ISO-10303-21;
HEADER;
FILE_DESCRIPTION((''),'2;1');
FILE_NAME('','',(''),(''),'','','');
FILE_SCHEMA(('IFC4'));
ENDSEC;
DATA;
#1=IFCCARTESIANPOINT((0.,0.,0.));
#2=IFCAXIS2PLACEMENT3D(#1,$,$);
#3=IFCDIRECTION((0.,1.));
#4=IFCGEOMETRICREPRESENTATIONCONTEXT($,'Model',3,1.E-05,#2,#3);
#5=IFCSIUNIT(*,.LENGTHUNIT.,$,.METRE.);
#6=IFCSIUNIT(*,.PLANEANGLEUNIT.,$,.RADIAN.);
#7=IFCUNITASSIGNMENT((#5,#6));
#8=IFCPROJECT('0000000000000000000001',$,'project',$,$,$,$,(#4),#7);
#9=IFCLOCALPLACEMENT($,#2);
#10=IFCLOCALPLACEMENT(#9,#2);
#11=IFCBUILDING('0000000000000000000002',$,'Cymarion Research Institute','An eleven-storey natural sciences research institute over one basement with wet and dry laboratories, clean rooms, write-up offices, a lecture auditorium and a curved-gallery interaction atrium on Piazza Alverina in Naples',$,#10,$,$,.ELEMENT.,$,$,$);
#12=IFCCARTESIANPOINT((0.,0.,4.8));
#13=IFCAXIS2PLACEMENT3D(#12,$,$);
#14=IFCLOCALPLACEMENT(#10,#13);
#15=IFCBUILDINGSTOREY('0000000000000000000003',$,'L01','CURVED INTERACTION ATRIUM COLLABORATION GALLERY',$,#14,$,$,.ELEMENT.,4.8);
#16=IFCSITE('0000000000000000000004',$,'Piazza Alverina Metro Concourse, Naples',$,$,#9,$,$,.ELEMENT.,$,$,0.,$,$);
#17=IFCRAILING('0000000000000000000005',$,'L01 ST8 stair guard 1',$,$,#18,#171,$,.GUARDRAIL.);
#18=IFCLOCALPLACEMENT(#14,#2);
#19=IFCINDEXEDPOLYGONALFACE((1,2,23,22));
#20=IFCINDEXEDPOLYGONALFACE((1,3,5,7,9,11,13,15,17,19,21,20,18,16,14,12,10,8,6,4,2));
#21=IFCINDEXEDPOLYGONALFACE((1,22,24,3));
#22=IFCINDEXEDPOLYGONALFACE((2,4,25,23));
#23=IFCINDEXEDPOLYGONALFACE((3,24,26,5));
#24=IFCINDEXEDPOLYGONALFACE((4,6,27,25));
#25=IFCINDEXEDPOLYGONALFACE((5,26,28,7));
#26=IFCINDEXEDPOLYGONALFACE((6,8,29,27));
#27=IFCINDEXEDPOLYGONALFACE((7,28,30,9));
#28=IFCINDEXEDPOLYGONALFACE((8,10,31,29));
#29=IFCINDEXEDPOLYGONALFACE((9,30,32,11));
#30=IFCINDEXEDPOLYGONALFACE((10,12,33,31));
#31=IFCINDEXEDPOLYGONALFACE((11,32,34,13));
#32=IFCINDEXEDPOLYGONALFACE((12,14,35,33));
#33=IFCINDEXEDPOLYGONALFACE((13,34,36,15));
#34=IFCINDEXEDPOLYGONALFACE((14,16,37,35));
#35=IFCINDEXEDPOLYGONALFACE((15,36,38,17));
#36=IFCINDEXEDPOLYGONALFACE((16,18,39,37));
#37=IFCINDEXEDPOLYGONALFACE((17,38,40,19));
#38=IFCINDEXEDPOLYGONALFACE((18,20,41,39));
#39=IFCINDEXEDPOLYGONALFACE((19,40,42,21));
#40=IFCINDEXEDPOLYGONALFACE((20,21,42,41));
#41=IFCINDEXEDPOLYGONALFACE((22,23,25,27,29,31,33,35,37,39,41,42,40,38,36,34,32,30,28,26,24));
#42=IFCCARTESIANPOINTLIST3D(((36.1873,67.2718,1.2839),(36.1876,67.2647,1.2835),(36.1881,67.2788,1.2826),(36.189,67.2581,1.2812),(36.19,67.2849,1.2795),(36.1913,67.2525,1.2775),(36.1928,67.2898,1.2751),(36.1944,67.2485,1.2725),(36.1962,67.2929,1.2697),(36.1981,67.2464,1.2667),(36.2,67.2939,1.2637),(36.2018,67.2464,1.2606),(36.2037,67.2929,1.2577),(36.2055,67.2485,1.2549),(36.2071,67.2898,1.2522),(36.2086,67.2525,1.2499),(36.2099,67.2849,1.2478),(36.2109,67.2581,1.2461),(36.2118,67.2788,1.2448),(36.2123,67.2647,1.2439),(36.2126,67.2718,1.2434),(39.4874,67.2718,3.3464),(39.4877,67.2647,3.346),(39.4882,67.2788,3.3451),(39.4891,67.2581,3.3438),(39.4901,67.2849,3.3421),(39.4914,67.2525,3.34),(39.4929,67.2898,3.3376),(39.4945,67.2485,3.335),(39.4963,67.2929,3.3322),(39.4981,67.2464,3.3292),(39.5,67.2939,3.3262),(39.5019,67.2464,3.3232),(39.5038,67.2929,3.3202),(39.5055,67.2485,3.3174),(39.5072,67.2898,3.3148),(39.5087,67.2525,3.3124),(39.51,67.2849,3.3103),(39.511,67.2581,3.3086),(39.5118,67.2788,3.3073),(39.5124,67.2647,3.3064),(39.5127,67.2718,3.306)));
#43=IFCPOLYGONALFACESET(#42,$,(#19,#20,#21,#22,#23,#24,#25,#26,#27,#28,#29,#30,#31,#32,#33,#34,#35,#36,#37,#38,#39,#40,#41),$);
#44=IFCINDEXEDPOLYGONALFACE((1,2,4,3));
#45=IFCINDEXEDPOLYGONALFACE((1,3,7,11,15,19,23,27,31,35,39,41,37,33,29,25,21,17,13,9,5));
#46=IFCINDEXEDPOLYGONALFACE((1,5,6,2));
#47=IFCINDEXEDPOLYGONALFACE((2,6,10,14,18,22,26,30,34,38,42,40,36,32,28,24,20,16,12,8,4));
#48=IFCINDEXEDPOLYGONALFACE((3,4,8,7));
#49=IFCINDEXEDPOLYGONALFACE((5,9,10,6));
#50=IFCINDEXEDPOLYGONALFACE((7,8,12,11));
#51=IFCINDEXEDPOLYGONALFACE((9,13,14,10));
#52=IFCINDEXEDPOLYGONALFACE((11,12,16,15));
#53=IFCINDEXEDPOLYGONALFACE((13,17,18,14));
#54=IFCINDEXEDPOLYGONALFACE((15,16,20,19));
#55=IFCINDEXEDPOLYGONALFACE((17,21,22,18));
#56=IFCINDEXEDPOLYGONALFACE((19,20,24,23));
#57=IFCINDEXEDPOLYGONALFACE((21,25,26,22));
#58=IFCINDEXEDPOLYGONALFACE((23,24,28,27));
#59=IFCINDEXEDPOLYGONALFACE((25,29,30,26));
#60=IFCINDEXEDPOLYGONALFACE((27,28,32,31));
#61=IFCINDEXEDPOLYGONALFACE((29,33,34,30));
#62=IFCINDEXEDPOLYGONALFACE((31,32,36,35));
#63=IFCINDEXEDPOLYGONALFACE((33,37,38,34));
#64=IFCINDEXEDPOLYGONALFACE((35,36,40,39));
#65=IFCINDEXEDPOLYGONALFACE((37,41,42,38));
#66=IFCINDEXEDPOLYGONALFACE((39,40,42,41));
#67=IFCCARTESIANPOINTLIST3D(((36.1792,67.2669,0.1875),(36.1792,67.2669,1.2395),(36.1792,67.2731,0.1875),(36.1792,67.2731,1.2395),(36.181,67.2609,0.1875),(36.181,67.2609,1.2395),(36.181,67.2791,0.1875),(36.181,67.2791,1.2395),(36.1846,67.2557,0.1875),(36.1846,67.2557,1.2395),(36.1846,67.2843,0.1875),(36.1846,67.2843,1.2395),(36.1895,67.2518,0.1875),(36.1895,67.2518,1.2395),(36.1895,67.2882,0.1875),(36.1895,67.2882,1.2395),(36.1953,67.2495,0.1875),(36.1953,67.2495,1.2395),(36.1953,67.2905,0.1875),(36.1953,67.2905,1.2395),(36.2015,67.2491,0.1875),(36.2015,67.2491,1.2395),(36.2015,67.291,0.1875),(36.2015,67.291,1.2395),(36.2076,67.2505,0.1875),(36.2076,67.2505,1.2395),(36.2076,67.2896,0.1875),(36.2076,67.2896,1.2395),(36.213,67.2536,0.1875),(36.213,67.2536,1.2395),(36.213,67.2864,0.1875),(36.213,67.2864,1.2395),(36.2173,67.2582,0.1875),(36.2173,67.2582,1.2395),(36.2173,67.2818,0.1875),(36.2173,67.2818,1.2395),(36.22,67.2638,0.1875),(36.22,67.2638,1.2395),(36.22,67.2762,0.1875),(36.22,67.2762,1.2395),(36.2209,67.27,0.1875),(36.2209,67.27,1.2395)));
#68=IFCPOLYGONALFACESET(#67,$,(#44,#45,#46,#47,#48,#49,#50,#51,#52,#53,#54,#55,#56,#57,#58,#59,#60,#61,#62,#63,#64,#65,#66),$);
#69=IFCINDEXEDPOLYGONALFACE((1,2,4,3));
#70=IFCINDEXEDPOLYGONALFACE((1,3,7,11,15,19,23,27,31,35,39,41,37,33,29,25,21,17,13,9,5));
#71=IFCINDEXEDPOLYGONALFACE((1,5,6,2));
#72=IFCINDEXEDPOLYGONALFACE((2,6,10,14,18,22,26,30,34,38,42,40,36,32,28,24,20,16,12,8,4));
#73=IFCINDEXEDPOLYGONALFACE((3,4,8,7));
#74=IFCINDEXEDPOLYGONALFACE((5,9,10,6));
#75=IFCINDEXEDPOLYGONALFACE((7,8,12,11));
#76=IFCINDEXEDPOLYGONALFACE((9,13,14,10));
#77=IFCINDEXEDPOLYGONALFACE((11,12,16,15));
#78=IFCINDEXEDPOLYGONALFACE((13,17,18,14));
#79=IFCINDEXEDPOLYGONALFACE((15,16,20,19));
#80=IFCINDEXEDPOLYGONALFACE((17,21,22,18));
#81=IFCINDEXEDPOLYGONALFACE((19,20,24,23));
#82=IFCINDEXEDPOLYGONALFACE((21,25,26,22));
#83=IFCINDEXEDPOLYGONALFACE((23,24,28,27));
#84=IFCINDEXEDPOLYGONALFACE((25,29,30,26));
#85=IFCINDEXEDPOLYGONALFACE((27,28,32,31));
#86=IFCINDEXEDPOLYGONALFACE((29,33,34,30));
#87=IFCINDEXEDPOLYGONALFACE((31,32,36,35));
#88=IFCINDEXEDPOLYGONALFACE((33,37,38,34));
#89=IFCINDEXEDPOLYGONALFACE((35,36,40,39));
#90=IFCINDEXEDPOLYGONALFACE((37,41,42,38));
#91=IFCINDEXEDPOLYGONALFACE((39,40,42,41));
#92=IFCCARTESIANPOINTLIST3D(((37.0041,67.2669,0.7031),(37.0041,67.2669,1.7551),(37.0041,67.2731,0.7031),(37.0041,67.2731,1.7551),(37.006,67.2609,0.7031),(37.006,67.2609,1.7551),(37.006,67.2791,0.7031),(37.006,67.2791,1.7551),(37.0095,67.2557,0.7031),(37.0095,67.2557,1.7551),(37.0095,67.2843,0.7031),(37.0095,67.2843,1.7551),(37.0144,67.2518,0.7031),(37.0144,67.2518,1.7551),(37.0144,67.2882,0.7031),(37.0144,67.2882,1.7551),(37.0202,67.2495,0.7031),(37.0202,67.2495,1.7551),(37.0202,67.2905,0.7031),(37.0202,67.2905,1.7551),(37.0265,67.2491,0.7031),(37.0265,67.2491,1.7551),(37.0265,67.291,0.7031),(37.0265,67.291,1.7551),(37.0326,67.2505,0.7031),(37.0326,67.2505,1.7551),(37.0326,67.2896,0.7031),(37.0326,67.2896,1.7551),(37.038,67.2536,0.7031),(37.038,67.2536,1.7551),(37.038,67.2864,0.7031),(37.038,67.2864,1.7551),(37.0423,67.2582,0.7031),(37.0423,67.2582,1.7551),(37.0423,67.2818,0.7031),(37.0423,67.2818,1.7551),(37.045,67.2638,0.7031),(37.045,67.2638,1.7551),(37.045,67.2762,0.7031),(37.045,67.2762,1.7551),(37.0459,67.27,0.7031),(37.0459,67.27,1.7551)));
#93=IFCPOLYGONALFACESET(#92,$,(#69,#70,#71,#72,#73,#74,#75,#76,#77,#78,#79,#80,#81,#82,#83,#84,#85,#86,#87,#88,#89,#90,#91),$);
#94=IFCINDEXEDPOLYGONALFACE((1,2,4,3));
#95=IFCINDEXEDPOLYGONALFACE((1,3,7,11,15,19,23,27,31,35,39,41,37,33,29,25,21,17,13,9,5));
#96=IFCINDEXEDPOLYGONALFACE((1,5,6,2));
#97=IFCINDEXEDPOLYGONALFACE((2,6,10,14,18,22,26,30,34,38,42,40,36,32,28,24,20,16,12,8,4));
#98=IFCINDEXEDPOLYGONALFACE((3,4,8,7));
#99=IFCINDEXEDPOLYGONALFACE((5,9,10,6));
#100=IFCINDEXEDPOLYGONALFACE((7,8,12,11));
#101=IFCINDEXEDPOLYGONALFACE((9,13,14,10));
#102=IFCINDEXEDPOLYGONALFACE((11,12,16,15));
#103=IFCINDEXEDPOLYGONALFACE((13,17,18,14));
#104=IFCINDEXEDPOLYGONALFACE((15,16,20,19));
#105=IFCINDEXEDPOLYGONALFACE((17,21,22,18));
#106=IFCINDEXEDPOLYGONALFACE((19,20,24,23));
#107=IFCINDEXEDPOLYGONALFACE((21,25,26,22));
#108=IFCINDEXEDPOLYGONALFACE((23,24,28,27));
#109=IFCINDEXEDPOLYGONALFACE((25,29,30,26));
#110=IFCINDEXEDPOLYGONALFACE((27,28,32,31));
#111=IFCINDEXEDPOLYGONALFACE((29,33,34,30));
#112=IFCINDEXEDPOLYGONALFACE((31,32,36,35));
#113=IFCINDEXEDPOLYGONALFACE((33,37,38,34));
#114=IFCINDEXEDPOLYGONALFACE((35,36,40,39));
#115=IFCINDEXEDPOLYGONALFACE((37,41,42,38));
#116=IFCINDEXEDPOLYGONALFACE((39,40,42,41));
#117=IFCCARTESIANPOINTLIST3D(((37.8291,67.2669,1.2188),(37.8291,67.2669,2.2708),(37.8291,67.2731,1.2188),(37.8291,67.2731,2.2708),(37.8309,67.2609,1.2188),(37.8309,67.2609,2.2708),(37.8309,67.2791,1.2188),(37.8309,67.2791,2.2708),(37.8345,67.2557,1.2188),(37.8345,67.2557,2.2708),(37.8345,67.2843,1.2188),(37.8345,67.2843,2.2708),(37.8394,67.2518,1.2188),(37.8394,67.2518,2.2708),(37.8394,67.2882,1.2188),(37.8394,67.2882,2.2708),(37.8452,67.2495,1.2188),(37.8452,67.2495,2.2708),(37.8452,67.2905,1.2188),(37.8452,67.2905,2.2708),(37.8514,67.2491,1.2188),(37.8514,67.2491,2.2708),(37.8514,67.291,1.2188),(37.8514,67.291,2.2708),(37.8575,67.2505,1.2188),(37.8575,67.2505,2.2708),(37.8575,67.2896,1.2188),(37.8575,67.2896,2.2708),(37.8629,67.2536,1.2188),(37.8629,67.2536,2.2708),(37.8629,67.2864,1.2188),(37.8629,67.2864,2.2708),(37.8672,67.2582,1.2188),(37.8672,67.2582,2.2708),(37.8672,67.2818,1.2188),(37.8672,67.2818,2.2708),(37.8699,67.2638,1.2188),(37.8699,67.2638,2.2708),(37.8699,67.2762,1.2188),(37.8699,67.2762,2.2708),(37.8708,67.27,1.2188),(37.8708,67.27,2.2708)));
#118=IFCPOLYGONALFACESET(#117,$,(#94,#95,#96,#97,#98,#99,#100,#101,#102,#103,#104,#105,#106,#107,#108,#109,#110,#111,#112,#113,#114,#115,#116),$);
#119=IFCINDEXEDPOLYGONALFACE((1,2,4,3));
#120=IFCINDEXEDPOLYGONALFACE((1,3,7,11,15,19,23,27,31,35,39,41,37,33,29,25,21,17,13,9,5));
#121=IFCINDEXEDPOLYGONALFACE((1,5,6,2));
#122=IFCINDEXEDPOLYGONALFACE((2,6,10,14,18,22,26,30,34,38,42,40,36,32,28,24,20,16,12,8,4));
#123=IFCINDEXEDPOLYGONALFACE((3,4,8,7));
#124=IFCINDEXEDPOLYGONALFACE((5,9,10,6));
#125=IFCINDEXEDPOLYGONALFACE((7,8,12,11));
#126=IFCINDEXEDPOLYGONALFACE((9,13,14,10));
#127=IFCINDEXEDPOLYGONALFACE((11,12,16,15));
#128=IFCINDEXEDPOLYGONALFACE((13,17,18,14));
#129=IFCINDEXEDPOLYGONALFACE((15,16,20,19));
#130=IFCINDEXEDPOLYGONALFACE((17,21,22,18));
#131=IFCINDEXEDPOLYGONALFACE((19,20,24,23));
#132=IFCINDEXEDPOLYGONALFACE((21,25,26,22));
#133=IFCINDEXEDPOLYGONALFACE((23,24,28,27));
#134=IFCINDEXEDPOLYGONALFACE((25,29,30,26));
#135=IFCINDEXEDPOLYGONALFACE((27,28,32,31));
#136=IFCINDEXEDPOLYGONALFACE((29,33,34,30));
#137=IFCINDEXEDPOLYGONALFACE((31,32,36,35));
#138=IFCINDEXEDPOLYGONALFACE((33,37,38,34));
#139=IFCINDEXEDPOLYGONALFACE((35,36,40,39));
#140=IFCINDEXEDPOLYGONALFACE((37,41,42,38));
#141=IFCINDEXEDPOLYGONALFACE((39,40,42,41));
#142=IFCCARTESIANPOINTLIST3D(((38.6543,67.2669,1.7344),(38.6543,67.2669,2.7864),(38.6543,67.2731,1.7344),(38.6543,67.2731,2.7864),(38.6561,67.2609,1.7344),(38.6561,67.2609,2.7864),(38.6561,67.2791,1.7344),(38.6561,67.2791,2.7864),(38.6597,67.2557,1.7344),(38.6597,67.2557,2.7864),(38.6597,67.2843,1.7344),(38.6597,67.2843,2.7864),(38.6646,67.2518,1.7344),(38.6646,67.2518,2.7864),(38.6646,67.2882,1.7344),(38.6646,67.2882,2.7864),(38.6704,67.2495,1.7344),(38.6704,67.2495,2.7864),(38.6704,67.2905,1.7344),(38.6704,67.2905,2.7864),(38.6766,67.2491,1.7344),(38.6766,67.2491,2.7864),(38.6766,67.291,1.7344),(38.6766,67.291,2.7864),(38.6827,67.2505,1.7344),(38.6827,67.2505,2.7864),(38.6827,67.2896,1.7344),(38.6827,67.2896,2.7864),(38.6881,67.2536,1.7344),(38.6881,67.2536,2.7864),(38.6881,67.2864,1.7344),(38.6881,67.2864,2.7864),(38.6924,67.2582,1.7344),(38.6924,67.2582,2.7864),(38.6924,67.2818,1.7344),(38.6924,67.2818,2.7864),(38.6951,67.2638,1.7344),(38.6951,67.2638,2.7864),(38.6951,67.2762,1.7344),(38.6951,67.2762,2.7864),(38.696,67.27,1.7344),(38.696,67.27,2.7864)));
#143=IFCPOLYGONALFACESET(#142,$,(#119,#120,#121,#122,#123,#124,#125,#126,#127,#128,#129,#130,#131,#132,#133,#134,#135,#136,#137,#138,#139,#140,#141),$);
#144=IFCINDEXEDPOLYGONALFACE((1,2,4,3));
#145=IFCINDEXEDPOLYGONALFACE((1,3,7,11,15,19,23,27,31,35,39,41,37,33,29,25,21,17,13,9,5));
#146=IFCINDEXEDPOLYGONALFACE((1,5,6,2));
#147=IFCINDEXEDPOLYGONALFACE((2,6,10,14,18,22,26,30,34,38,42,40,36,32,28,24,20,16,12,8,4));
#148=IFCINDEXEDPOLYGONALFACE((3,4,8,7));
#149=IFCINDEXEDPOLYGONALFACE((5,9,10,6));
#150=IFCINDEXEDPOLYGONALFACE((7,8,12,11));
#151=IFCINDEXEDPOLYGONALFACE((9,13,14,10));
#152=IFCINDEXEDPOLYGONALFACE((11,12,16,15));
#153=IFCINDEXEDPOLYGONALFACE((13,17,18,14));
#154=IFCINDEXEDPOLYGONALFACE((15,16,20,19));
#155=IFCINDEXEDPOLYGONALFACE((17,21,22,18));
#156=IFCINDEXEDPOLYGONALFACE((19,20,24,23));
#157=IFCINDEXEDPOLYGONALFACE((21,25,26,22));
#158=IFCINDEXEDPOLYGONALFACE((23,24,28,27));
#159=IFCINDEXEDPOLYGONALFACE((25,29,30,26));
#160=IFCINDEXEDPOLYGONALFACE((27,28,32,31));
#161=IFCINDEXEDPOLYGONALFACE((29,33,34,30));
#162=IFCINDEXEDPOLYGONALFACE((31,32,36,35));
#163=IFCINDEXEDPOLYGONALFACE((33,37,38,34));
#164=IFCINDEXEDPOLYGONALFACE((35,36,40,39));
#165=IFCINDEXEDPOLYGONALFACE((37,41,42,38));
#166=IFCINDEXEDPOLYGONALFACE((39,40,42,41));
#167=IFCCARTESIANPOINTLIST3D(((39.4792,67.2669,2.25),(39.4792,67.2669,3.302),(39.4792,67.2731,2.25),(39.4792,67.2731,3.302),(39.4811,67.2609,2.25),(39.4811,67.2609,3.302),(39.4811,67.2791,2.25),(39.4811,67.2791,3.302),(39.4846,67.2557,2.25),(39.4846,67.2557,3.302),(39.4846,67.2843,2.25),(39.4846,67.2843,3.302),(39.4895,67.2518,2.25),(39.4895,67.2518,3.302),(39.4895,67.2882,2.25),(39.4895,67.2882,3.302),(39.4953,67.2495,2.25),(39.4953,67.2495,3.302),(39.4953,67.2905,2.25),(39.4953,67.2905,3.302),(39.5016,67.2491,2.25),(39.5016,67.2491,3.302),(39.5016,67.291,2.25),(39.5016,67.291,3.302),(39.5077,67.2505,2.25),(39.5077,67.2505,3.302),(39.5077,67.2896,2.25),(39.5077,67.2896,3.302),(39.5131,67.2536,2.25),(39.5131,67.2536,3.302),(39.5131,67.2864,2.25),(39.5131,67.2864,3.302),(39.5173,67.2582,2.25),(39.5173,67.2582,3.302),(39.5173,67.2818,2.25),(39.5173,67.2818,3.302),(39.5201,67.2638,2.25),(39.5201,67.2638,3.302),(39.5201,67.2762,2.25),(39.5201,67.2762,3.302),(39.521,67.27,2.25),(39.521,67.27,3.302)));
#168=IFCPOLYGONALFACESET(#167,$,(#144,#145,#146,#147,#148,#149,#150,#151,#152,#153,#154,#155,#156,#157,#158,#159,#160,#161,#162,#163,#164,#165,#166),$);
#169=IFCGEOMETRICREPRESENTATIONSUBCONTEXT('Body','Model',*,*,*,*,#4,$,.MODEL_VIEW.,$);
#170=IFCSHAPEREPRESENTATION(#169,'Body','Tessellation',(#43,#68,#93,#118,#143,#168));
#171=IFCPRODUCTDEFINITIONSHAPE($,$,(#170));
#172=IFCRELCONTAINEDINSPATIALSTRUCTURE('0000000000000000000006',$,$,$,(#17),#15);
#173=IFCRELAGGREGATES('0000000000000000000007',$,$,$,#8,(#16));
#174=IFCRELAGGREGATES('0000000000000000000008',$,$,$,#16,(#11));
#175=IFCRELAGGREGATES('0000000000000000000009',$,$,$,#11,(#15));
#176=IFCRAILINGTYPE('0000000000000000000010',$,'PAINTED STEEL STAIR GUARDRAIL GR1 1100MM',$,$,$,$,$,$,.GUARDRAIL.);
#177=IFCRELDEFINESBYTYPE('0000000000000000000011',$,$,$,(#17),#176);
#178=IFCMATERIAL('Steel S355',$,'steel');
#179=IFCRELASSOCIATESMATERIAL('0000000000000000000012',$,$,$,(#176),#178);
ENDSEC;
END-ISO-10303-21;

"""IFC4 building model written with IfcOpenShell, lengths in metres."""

from ifc_helpers import new_model, si_unit, direction, frame, origin, origin_2d, place, context, subcontext, project, spatial, circle, extrude, material, type_object, element, save


model = new_model("IFC4")

# Units and contexts
model_context = context("Model", 3, precision=1e-05, world=origin(), true_north=direction((0.0, 1.0)))
body_context = subcontext(model_context, "Body", "Model", "MODEL_VIEW")
ifc_project = project(units=[si_unit("LENGTHUNIT", "METRE"), si_unit("PLANEANGLEUNIT", "RADIAN")], contexts=[model_context])

# Site, building, storey
site_placement = place(None, origin())
site = spatial("IfcSite", under=ifc_project, at=site_placement, Name="Piazza Alverina Metro Concourse, Naples", CompositionType="ELEMENT", RefElevation=0.0)
building_placement = place(site_placement, origin())
building = spatial("IfcBuilding", under=site, at=building_placement, Name="Cymarion Research Institute", Description="An eleven-storey natural sciences research institute over one basement with wet and dry laboratories, clean rooms, write-up offices, a lecture auditorium and a curved-gallery interaction atrium on Piazza Alverina in Naples", CompositionType="ELEMENT")
storey_placement = place(building_placement, frame((0.0, 0.0, 4.8)))
storey = spatial("IfcBuildingStorey", under=building, at=storey_placement, Name="L01", Description="CURVED INTERACTION ATRIUM COLLABORATION GALLERY", CompositionType="ELEMENT", Elevation=4.8)

# Shared definitions
ifc_material_1 = material(Name="Steel S355", Category="steel")

# Railing
railing_type_1 = type_object("IfcRailingType", Name="PAINTED STEEL STAIR GUARDRAIL GR1 1100MM", PredefinedType="GUARDRAIL", material=ifc_material_1)
railing_1_placement = place(storey_placement, frame((36.2, 67.27, 0.1875)))
element("IfcRailing", 1, at=railing_1_placement, inside=storey, type_object=railing_type_1, Name="L01 ST8 stair guard 1", PredefinedType="GUARDRAIL", context=body_context, shape_type="SweptSolid", body=[
    extrude(circle(Radius=0.0239, at=origin_2d()), frame((0.0, 0.0, 1.0762), z_axis=(0.848002, 0.0, 0.529993), x_axis=(0.0, 1.0, 0.0)), (0.0, 0.0, 1.0), 3.8916),
    extrude(circle(Radius=0.021, at=origin_2d()), origin(), (0.0, 0.0, 1.0), 1.052),
    extrude(circle(Radius=0.021, at=origin_2d()), frame((0.825, 0.0, 0.5156)), (0.0, 0.0, 1.0), 1.052),
    extrude(circle(Radius=0.021, at=origin_2d()), frame((1.6499, 0.0, 1.0312)), (0.0, 0.0, 1.0), 1.052),
    extrude(circle(Radius=0.021, at=origin_2d()), frame((2.4751, 0.0, 1.5469)), (0.0, 0.0, 1.0), 1.052),
    extrude(circle(Radius=0.021, at=origin_2d()), frame((3.3, 0.0, 2.0625)), (0.0, 0.0, 1.0), 1.052),
])

save(model, "model.ifc")
